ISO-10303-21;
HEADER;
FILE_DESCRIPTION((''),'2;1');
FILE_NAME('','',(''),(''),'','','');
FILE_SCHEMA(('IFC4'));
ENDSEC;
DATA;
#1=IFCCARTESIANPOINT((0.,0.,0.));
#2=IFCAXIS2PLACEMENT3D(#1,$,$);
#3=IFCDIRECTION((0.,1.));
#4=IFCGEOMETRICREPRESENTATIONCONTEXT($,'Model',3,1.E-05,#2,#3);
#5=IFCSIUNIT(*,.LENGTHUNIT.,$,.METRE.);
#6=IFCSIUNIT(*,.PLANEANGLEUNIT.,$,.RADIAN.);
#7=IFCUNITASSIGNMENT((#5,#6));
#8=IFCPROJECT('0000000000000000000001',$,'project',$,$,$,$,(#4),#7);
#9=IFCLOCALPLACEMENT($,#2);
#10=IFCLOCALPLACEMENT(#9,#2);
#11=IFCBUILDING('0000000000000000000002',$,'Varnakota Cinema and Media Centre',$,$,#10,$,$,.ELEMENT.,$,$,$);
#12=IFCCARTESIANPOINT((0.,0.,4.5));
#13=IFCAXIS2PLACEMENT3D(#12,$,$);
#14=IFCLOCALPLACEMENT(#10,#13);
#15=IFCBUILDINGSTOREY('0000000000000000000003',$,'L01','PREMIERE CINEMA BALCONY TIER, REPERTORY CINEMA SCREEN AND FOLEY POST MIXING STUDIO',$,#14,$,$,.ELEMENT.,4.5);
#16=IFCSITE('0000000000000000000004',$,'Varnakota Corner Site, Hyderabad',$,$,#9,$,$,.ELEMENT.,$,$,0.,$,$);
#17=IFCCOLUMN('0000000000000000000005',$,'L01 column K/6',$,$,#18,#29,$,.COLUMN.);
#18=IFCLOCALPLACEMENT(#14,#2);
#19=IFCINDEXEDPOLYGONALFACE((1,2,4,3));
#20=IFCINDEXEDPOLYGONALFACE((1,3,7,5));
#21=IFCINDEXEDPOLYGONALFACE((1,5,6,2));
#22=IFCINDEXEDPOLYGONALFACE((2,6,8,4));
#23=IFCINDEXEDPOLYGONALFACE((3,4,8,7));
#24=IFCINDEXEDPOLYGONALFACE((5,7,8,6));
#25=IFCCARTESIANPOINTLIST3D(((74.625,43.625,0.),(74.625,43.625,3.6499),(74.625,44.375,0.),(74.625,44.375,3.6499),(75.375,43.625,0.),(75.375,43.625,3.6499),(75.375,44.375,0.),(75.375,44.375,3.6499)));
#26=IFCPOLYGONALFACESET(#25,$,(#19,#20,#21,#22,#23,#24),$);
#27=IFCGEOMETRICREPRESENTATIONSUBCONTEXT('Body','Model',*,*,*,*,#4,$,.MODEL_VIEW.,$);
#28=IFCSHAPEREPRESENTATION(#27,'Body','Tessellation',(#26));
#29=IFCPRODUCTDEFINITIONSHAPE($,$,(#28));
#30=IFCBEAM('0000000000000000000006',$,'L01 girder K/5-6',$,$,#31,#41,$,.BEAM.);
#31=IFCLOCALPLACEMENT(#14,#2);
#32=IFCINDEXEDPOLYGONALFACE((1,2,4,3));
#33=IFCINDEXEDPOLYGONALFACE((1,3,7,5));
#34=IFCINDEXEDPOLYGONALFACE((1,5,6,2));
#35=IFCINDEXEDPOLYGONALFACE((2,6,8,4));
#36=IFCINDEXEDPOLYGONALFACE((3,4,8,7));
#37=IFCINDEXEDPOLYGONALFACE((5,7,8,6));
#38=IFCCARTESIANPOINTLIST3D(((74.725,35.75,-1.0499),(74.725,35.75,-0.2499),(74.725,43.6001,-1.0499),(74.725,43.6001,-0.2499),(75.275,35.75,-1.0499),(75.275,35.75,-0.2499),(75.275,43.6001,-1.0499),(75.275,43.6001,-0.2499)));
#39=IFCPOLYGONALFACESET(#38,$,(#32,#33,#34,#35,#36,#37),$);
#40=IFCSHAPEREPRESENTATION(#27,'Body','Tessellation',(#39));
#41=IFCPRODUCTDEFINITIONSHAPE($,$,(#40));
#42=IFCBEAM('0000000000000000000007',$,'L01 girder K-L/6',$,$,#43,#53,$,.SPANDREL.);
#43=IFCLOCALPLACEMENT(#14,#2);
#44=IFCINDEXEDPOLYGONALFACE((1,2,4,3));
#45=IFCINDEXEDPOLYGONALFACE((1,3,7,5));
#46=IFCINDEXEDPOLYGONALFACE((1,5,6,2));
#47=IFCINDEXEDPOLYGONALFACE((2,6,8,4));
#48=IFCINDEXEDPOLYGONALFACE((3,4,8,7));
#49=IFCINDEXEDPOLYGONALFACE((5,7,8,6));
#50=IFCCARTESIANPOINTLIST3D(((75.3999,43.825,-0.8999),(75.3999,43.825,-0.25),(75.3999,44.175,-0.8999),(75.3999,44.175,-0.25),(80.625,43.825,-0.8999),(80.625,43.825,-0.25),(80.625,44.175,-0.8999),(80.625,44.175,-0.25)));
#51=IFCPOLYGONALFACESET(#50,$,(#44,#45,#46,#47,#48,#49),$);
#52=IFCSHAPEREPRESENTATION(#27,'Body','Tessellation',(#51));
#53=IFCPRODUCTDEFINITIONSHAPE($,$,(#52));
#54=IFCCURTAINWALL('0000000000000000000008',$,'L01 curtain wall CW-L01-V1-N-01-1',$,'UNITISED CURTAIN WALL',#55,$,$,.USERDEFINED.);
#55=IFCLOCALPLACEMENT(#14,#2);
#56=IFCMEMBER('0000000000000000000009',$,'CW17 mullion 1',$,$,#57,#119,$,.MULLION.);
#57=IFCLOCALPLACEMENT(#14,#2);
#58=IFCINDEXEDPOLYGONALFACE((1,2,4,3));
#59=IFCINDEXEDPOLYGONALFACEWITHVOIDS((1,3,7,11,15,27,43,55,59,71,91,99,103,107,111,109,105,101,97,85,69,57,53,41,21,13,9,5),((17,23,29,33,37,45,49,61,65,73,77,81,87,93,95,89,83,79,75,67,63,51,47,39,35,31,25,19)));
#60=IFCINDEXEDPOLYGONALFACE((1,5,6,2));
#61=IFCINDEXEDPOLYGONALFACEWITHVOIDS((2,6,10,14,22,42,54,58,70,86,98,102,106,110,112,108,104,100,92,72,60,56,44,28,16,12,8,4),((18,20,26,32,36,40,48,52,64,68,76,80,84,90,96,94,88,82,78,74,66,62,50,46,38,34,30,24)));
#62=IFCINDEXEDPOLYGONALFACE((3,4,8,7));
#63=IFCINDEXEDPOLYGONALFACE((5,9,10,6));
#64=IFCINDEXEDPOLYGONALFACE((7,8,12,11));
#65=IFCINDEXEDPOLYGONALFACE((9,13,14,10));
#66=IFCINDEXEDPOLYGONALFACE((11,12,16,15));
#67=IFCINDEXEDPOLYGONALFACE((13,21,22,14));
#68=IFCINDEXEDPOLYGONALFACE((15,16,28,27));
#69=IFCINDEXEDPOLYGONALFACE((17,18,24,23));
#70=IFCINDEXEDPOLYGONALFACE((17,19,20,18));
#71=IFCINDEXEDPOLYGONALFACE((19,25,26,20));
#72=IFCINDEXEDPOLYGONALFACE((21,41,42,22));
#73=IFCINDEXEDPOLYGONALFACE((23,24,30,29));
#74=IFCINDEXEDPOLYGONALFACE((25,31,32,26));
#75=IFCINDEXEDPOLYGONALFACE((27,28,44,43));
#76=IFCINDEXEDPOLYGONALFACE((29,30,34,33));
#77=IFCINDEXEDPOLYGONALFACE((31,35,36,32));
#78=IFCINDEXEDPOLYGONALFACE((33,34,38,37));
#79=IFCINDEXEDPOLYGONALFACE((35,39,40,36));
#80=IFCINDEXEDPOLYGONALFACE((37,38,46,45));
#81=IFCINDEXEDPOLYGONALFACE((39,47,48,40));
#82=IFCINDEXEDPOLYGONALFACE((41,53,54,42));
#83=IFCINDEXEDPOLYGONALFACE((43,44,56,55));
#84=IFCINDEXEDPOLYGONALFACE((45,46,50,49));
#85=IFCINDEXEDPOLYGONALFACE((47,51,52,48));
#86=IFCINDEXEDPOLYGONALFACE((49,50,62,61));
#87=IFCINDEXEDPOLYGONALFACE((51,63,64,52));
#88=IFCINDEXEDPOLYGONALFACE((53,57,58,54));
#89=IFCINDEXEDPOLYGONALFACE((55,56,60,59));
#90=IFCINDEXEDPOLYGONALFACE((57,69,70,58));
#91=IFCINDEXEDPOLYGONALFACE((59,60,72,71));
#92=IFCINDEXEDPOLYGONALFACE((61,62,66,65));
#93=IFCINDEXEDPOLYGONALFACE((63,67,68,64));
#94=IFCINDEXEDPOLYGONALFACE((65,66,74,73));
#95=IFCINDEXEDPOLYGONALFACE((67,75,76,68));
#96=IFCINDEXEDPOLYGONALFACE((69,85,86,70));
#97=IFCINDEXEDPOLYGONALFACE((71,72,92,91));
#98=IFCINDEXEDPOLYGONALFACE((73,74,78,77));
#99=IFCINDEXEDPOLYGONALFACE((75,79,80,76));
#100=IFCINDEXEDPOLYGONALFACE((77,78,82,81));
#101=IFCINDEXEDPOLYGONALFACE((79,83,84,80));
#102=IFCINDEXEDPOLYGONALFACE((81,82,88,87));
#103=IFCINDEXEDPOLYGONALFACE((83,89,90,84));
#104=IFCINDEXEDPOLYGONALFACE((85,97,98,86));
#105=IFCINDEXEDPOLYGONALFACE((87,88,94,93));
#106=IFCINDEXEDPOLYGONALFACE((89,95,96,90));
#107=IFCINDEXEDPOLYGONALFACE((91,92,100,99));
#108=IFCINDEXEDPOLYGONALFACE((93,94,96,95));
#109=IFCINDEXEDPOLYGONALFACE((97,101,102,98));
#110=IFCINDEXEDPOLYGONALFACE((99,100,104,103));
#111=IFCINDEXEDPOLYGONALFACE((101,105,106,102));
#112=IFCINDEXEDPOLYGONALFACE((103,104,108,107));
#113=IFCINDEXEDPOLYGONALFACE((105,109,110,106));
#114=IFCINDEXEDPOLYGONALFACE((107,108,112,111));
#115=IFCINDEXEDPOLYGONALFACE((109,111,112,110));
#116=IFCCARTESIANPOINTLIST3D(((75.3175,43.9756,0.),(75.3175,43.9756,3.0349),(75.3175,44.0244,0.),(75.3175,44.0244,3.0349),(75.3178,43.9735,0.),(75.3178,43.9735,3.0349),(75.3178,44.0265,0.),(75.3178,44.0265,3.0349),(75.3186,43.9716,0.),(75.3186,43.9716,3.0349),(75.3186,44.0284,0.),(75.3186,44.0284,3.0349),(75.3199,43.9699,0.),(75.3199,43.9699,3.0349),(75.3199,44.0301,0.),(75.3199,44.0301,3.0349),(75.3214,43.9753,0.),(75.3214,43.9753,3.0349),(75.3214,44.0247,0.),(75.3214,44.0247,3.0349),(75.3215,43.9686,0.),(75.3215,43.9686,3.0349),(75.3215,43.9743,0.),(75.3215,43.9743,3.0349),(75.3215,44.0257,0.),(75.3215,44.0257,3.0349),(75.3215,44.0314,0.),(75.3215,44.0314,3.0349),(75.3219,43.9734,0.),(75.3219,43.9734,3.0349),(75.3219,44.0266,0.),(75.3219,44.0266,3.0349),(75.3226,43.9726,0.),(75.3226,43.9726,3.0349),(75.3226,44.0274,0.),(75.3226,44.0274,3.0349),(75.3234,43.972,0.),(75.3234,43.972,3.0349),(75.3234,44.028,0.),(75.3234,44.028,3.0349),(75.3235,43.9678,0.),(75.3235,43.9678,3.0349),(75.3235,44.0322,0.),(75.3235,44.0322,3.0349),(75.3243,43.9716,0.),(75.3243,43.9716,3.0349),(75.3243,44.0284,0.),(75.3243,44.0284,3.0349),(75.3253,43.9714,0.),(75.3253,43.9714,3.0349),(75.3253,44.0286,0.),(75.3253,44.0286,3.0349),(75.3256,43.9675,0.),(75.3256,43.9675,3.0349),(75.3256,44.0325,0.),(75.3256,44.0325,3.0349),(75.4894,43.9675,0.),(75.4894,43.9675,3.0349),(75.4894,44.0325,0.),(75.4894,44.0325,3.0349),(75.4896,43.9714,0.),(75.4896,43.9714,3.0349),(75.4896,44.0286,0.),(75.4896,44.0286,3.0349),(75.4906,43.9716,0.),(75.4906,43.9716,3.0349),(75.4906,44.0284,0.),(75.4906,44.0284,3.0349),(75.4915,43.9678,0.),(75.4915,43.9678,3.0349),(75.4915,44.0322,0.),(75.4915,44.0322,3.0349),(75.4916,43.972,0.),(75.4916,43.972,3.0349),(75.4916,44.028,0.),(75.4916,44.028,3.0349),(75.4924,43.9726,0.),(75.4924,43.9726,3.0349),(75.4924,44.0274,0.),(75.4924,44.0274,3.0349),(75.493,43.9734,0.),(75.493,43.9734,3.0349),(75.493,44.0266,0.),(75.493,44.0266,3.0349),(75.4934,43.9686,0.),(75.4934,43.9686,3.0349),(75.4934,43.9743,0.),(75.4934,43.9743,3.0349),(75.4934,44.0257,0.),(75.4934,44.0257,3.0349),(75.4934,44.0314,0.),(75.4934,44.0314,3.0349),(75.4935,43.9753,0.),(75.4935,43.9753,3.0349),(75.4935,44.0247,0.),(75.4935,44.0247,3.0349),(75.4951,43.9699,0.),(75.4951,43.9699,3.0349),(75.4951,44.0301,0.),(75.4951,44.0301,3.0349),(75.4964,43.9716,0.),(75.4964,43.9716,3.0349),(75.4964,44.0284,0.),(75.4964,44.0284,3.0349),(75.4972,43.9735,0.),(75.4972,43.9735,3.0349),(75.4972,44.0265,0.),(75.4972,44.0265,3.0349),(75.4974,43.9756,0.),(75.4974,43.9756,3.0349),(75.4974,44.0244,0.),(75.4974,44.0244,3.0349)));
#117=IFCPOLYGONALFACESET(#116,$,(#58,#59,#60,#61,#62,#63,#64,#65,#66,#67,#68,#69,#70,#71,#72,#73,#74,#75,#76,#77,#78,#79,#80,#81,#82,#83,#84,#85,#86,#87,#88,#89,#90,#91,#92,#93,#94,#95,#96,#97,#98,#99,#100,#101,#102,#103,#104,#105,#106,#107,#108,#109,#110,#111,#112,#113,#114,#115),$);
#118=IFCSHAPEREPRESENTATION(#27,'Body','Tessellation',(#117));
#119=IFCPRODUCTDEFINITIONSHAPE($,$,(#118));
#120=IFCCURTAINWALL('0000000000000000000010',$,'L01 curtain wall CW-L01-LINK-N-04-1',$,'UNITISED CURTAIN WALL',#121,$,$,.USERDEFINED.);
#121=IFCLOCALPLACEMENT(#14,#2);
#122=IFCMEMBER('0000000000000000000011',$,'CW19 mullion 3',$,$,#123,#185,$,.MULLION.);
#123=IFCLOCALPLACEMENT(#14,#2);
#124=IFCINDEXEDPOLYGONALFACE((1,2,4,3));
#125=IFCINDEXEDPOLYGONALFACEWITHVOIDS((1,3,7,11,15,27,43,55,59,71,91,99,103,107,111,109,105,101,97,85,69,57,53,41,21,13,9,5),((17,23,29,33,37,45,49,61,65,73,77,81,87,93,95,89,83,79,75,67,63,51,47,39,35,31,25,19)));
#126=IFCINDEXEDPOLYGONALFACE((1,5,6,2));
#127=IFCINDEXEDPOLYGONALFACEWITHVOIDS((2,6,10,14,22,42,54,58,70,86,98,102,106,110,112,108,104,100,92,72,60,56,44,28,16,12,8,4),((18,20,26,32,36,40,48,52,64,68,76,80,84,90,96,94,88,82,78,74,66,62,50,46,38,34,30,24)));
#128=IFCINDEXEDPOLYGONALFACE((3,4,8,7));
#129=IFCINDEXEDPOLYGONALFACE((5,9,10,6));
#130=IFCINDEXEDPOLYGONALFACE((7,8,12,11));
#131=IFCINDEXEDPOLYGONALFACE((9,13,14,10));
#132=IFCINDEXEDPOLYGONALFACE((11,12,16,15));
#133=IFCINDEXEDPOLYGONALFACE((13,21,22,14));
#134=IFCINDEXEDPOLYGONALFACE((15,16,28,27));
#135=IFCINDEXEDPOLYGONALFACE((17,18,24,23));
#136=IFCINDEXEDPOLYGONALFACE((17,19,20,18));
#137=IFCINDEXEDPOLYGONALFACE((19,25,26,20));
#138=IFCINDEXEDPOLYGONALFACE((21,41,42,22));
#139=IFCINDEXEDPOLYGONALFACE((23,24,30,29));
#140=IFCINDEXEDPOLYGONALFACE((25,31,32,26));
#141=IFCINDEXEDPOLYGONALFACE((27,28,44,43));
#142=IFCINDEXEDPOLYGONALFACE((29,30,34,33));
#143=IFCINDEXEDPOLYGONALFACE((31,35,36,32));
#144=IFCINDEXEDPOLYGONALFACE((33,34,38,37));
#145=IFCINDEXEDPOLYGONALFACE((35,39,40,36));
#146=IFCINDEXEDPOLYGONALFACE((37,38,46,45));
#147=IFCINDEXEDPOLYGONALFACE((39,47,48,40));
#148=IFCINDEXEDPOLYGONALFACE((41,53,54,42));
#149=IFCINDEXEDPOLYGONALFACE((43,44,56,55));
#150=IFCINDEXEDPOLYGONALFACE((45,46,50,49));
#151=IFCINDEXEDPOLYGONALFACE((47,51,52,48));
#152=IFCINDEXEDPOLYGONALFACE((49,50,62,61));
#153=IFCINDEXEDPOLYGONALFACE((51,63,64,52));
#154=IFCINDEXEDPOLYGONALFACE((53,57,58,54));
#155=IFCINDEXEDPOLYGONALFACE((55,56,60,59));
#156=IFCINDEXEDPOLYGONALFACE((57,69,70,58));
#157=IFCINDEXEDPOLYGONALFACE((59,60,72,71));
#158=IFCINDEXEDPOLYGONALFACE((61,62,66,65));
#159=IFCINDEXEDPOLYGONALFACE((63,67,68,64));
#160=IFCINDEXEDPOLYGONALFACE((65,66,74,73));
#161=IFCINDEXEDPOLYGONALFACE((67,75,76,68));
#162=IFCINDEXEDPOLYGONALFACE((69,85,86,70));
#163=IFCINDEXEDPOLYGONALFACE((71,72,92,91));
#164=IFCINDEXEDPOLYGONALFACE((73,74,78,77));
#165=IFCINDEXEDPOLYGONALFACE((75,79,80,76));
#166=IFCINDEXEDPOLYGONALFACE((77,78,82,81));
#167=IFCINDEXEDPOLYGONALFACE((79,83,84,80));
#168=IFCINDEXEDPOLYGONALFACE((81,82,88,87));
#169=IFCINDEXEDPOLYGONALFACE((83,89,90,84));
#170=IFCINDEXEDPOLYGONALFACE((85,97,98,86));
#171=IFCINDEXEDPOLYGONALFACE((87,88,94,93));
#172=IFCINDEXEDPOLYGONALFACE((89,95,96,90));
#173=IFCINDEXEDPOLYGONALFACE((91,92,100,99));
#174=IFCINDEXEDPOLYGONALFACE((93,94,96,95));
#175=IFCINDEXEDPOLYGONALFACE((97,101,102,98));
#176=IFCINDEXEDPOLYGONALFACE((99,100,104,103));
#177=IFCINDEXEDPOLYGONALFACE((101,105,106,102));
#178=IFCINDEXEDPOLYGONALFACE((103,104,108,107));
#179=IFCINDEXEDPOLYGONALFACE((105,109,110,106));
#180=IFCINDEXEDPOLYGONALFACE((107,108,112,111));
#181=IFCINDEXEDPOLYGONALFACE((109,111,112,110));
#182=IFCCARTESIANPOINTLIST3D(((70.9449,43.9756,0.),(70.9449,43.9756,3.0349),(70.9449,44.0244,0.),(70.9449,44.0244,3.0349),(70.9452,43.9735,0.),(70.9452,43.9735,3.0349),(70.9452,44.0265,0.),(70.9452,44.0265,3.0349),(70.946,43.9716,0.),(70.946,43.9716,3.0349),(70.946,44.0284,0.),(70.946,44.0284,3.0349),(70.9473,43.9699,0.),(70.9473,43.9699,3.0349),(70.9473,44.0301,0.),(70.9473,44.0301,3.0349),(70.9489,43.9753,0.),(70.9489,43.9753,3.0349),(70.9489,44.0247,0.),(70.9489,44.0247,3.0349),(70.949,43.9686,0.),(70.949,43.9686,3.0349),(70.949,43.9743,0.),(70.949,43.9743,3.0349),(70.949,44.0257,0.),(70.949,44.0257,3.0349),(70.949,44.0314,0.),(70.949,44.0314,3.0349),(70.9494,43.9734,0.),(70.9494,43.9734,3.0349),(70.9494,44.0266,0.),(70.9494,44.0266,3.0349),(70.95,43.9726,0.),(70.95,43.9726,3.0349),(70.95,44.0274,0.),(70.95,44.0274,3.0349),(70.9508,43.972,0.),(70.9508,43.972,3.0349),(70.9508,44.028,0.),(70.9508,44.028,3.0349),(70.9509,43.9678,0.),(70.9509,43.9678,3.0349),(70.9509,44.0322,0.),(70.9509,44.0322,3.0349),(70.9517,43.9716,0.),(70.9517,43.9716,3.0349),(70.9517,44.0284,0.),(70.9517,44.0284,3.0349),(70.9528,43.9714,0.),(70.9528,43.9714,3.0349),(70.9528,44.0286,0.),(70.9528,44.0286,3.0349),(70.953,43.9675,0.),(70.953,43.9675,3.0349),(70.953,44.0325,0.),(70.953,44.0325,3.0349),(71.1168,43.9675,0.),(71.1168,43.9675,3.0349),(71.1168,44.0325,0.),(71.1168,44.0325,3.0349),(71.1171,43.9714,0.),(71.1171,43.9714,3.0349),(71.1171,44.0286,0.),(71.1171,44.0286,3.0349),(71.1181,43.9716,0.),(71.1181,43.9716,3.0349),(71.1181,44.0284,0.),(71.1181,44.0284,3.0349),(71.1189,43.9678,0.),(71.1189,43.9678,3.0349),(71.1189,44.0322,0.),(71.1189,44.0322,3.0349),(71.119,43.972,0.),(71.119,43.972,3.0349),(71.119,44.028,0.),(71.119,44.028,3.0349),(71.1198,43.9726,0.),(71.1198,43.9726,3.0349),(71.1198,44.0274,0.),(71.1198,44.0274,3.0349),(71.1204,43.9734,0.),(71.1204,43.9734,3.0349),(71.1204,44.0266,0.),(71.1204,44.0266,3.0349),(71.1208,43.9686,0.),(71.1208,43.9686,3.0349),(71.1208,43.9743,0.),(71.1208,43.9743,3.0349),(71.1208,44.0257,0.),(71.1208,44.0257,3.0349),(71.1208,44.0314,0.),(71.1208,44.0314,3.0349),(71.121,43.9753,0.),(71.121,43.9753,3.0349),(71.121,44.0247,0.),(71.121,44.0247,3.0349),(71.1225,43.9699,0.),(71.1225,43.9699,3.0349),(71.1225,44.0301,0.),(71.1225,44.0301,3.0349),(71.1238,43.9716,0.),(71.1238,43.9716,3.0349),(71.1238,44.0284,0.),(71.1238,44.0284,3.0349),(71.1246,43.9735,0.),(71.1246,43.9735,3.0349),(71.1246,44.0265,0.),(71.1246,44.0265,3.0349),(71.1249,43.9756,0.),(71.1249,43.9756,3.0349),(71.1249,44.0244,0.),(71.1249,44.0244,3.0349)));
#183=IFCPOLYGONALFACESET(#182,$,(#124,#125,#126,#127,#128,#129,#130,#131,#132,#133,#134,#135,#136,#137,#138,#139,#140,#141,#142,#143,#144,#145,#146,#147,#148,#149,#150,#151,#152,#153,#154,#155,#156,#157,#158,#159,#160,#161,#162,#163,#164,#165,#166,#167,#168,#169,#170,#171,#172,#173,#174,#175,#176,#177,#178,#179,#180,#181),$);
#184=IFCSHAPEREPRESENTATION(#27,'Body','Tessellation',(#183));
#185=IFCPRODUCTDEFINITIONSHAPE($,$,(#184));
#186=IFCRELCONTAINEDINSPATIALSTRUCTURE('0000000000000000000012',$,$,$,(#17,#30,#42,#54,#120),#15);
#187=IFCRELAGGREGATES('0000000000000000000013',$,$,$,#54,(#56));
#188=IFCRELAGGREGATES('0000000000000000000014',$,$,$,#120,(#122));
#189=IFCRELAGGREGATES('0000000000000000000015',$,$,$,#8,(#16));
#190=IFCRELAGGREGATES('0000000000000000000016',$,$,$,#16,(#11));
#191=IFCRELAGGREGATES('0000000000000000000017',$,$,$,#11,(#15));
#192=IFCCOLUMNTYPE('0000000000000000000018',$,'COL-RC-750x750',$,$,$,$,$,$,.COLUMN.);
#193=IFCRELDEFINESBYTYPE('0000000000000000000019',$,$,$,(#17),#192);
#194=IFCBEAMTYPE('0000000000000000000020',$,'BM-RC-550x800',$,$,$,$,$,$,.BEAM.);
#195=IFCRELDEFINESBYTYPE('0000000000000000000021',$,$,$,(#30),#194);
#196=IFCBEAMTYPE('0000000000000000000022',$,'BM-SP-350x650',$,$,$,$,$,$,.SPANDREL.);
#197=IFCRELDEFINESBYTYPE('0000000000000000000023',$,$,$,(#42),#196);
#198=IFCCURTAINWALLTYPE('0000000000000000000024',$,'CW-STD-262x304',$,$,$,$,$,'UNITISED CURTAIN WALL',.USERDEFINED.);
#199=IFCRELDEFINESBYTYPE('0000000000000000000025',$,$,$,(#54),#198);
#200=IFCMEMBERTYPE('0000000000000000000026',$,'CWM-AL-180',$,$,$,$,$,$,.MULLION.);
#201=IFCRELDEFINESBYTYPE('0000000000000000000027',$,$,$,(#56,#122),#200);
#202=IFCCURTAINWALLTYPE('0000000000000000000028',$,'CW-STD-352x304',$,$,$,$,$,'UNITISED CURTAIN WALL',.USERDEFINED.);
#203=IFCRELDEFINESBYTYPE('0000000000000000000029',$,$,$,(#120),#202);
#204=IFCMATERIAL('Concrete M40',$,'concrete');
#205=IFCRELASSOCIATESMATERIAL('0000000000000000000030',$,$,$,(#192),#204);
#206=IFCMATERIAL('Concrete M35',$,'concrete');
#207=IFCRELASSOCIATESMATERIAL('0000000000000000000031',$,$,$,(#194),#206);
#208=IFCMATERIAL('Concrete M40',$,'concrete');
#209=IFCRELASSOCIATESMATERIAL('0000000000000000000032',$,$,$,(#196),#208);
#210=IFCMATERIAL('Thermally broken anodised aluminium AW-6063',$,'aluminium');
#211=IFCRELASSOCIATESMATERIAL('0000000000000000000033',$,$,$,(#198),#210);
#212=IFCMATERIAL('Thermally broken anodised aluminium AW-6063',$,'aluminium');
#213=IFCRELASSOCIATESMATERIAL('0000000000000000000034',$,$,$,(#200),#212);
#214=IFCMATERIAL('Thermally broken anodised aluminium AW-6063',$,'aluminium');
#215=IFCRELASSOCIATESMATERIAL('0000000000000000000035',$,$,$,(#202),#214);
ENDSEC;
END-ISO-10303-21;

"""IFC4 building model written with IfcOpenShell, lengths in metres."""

from ifc_helpers import new_model, si_unit, direction, frame, origin, origin_2d, place, context, subcontext, project, spatial, rectangle, hollow_rectangle, extrude, material, material_profile, profile_set, type_object, element, aggregate, save


model = new_model("IFC4")

# Units and contexts
model_context = context("Model", 3, precision=1e-05, world=origin(), true_north=direction((0.0, 1.0)))
body_context = subcontext(model_context, "Body", "Model", "MODEL_VIEW")
ifc_project = project(units=[si_unit("LENGTHUNIT", "METRE"), si_unit("PLANEANGLEUNIT", "RADIAN")], contexts=[model_context])

# Site, building, storey
site_placement = place(None, origin())
site = spatial("IfcSite", under=ifc_project, at=site_placement, Name="Varnakota Corner Site, Hyderabad", CompositionType="ELEMENT", RefElevation=0.0)
building_placement = place(site_placement, origin())
building = spatial("IfcBuilding", under=site, at=building_placement, Name="Varnakota Cinema and Media Centre", CompositionType="ELEMENT")
storey_placement = place(building_placement, frame((0.0, 0.0, 4.5)))
storey = spatial("IfcBuildingStorey", under=building, at=storey_placement, Name="L01", Description="PREMIERE CINEMA BALCONY TIER, REPERTORY CINEMA SCREEN AND FOLEY POST MIXING STUDIO", CompositionType="ELEMENT", Elevation=4.5)

# Column
ifc_material_1 = material(Name="Concrete M40", Category="concrete")
ifc_material_profile_1 = material_profile(ifc_material_1, rectangle(XDim=0.75, YDim=0.75, at=origin_2d()), Name="RC 750x750")
ifc_profile_set_1 = profile_set([ifc_material_profile_1], Name="Concrete M40")
column_type = type_object("IfcColumnType", Name="COL-RC-750x750", PredefinedType="COLUMN", material=ifc_profile_set_1)
column_placement = place(storey_placement, frame((75.0, 44.0, 0.0), z_axis=(0.0, 0.0, 1.0), x_axis=(1.0, 0.0, 0.0)))
element("IfcColumn", 1, at=column_placement, inside=storey, type_object=column_type, Name="L01 column K/6", PredefinedType="COLUMN", context=body_context, shape_type="SweptSolid", body=[
    extrude(rectangle(XDim=0.75, YDim=0.75, at=origin_2d()), origin(), (0.0, 0.0, 1.0), 3.6499),
])

# Beams
ifc_material_2 = material(Name="Concrete M35", Category="concrete")
ifc_material_profile_2 = material_profile(ifc_material_2, rectangle(XDim=0.55, YDim=0.8, at=origin_2d()), Name="RCB 550x800")
ifc_profile_set_2 = profile_set([ifc_material_profile_2], Name="Concrete M35")
beam_type_1 = type_object("IfcBeamType", Name="BM-RC-550x800", PredefinedType="BEAM", material=ifc_profile_set_2)
beam_1_placement = place(storey_placement, frame((75.0, 35.75, -0.6499), z_axis=(0.0, 1.0, 0.0), x_axis=(-1.0, 0.0, 0.0)))
element("IfcBeam", 2, at=beam_1_placement, inside=storey, type_object=beam_type_1, Name="L01 girder K/5-6", PredefinedType="BEAM", context=body_context, shape_type="SweptSolid", body=[
    extrude(rectangle(XDim=0.55, YDim=0.8, at=origin_2d()), origin(), (0.0, 0.0, 1.0), 7.8501),
])
ifc_material_3 = material(Name="Concrete M40", Category="concrete")
ifc_material_profile_3 = material_profile(ifc_material_3, rectangle(XDim=0.3501, YDim=0.6499, at=origin_2d()), Name="RCB 350x650")
ifc_profile_set_3 = profile_set([ifc_material_profile_3], Name="Concrete M40")
beam_type_2 = type_object("IfcBeamType", Name="BM-SP-350x650", PredefinedType="SPANDREL", material=ifc_profile_set_3)
beam_2_placement = place(storey_placement, frame((75.3999, 44.0, -0.575), z_axis=(1.0, 0.0, 0.0), x_axis=(0.0, 1.0, 0.0)))
element("IfcBeam", 3, at=beam_2_placement, inside=storey, type_object=beam_type_2, Name="L01 girder K-L/6", PredefinedType="SPANDREL", context=body_context, shape_type="SweptSolid", body=[
    extrude(rectangle(XDim=0.3501, YDim=0.6499, at=origin_2d()), origin(), (0.0, 0.0, 1.0), 5.2251),
])

# Curtain walls, members
ifc_material_4 = material(Name="Thermally broken anodised aluminium AW-6063", Category="aluminium")
curtain_wall_type_1 = type_object("IfcCurtainWallType", Name="CW-STD-262x304", ElementType="UNITISED CURTAIN WALL", PredefinedType="USERDEFINED", material=ifc_material_4)
curtain_wall_1_placement = place(storey_placement, origin())
curtain_wall_1 = element("IfcCurtainWall", 4, at=curtain_wall_1_placement, inside=storey, type_object=curtain_wall_type_1, Name="L01 curtain wall CW-L01-V1-N-01-1", ObjectType="UNITISED CURTAIN WALL", PredefinedType="USERDEFINED")
ifc_material_5 = material(Name="Thermally broken anodised aluminium AW-6063", Category="aluminium")
ifc_material_profile_4 = material_profile(ifc_material_5, hollow_rectangle(XDim=0.0649, YDim=0.1799, WallThickness=0.0039, InnerFilletRadius=0.0039, OuterFilletRadius=0.0081, at=origin_2d()), Name="AL-MULLION 180x65x4")
ifc_profile_set_4 = profile_set([ifc_material_profile_4], Name="Thermally broken anodised aluminium AW-6063")
member_type_1 = type_object("IfcMemberType", Name="CWM-AL-180", PredefinedType="MULLION", material=ifc_profile_set_4)
member_1_placement = place(storey_placement, frame((75.4075, 44.0, 0.0), z_axis=(0.0, 0.0, 1.0), x_axis=(0.0, 1.0, 0.0)))
member_1 = element("IfcMember", 5, at=member_1_placement, type_object=member_type_1, Name="CW17 mullion 1", PredefinedType="MULLION", context=body_context, shape_type="SweptSolid", body=[
    extrude(hollow_rectangle(XDim=0.0649, YDim=0.1799, WallThickness=0.0039, InnerFilletRadius=0.0039, OuterFilletRadius=0.0081, at=origin_2d()), origin(), (0.0, 0.0, 1.0), 3.0349),
])
ifc_material_6 = material(Name="Thermally broken anodised aluminium AW-6063", Category="aluminium")
curtain_wall_type_2 = type_object("IfcCurtainWallType", Name="CW-STD-352x304", ElementType="UNITISED CURTAIN WALL", PredefinedType="USERDEFINED", material=ifc_material_6)
curtain_wall_2_placement = place(storey_placement, origin())
curtain_wall_2 = element("IfcCurtainWall", 6, at=curtain_wall_2_placement, inside=storey, type_object=curtain_wall_type_2, Name="L01 curtain wall CW-L01-LINK-N-04-1", ObjectType="UNITISED CURTAIN WALL", PredefinedType="USERDEFINED")
member_2_placement = place(storey_placement, frame((71.0349, 44.0, 0.0), z_axis=(0.0, 0.0, 1.0), x_axis=(0.0, 1.0, 0.0)))
member_2 = element("IfcMember", 7, at=member_2_placement, type_object=member_type_1, Name="CW19 mullion 3", PredefinedType="MULLION", context=body_context, shape_type="SweptSolid", body=[
    extrude(hollow_rectangle(XDim=0.0649, YDim=0.1799, WallThickness=0.0039, InnerFilletRadius=0.0039, OuterFilletRadius=0.0081, at=origin_2d()), origin(), (0.0, 0.0, 1.0), 3.0349),
])

aggregate(curtain_wall_1, [member_1])

aggregate(curtain_wall_2, [member_2])

save(model, "model.ifc")
